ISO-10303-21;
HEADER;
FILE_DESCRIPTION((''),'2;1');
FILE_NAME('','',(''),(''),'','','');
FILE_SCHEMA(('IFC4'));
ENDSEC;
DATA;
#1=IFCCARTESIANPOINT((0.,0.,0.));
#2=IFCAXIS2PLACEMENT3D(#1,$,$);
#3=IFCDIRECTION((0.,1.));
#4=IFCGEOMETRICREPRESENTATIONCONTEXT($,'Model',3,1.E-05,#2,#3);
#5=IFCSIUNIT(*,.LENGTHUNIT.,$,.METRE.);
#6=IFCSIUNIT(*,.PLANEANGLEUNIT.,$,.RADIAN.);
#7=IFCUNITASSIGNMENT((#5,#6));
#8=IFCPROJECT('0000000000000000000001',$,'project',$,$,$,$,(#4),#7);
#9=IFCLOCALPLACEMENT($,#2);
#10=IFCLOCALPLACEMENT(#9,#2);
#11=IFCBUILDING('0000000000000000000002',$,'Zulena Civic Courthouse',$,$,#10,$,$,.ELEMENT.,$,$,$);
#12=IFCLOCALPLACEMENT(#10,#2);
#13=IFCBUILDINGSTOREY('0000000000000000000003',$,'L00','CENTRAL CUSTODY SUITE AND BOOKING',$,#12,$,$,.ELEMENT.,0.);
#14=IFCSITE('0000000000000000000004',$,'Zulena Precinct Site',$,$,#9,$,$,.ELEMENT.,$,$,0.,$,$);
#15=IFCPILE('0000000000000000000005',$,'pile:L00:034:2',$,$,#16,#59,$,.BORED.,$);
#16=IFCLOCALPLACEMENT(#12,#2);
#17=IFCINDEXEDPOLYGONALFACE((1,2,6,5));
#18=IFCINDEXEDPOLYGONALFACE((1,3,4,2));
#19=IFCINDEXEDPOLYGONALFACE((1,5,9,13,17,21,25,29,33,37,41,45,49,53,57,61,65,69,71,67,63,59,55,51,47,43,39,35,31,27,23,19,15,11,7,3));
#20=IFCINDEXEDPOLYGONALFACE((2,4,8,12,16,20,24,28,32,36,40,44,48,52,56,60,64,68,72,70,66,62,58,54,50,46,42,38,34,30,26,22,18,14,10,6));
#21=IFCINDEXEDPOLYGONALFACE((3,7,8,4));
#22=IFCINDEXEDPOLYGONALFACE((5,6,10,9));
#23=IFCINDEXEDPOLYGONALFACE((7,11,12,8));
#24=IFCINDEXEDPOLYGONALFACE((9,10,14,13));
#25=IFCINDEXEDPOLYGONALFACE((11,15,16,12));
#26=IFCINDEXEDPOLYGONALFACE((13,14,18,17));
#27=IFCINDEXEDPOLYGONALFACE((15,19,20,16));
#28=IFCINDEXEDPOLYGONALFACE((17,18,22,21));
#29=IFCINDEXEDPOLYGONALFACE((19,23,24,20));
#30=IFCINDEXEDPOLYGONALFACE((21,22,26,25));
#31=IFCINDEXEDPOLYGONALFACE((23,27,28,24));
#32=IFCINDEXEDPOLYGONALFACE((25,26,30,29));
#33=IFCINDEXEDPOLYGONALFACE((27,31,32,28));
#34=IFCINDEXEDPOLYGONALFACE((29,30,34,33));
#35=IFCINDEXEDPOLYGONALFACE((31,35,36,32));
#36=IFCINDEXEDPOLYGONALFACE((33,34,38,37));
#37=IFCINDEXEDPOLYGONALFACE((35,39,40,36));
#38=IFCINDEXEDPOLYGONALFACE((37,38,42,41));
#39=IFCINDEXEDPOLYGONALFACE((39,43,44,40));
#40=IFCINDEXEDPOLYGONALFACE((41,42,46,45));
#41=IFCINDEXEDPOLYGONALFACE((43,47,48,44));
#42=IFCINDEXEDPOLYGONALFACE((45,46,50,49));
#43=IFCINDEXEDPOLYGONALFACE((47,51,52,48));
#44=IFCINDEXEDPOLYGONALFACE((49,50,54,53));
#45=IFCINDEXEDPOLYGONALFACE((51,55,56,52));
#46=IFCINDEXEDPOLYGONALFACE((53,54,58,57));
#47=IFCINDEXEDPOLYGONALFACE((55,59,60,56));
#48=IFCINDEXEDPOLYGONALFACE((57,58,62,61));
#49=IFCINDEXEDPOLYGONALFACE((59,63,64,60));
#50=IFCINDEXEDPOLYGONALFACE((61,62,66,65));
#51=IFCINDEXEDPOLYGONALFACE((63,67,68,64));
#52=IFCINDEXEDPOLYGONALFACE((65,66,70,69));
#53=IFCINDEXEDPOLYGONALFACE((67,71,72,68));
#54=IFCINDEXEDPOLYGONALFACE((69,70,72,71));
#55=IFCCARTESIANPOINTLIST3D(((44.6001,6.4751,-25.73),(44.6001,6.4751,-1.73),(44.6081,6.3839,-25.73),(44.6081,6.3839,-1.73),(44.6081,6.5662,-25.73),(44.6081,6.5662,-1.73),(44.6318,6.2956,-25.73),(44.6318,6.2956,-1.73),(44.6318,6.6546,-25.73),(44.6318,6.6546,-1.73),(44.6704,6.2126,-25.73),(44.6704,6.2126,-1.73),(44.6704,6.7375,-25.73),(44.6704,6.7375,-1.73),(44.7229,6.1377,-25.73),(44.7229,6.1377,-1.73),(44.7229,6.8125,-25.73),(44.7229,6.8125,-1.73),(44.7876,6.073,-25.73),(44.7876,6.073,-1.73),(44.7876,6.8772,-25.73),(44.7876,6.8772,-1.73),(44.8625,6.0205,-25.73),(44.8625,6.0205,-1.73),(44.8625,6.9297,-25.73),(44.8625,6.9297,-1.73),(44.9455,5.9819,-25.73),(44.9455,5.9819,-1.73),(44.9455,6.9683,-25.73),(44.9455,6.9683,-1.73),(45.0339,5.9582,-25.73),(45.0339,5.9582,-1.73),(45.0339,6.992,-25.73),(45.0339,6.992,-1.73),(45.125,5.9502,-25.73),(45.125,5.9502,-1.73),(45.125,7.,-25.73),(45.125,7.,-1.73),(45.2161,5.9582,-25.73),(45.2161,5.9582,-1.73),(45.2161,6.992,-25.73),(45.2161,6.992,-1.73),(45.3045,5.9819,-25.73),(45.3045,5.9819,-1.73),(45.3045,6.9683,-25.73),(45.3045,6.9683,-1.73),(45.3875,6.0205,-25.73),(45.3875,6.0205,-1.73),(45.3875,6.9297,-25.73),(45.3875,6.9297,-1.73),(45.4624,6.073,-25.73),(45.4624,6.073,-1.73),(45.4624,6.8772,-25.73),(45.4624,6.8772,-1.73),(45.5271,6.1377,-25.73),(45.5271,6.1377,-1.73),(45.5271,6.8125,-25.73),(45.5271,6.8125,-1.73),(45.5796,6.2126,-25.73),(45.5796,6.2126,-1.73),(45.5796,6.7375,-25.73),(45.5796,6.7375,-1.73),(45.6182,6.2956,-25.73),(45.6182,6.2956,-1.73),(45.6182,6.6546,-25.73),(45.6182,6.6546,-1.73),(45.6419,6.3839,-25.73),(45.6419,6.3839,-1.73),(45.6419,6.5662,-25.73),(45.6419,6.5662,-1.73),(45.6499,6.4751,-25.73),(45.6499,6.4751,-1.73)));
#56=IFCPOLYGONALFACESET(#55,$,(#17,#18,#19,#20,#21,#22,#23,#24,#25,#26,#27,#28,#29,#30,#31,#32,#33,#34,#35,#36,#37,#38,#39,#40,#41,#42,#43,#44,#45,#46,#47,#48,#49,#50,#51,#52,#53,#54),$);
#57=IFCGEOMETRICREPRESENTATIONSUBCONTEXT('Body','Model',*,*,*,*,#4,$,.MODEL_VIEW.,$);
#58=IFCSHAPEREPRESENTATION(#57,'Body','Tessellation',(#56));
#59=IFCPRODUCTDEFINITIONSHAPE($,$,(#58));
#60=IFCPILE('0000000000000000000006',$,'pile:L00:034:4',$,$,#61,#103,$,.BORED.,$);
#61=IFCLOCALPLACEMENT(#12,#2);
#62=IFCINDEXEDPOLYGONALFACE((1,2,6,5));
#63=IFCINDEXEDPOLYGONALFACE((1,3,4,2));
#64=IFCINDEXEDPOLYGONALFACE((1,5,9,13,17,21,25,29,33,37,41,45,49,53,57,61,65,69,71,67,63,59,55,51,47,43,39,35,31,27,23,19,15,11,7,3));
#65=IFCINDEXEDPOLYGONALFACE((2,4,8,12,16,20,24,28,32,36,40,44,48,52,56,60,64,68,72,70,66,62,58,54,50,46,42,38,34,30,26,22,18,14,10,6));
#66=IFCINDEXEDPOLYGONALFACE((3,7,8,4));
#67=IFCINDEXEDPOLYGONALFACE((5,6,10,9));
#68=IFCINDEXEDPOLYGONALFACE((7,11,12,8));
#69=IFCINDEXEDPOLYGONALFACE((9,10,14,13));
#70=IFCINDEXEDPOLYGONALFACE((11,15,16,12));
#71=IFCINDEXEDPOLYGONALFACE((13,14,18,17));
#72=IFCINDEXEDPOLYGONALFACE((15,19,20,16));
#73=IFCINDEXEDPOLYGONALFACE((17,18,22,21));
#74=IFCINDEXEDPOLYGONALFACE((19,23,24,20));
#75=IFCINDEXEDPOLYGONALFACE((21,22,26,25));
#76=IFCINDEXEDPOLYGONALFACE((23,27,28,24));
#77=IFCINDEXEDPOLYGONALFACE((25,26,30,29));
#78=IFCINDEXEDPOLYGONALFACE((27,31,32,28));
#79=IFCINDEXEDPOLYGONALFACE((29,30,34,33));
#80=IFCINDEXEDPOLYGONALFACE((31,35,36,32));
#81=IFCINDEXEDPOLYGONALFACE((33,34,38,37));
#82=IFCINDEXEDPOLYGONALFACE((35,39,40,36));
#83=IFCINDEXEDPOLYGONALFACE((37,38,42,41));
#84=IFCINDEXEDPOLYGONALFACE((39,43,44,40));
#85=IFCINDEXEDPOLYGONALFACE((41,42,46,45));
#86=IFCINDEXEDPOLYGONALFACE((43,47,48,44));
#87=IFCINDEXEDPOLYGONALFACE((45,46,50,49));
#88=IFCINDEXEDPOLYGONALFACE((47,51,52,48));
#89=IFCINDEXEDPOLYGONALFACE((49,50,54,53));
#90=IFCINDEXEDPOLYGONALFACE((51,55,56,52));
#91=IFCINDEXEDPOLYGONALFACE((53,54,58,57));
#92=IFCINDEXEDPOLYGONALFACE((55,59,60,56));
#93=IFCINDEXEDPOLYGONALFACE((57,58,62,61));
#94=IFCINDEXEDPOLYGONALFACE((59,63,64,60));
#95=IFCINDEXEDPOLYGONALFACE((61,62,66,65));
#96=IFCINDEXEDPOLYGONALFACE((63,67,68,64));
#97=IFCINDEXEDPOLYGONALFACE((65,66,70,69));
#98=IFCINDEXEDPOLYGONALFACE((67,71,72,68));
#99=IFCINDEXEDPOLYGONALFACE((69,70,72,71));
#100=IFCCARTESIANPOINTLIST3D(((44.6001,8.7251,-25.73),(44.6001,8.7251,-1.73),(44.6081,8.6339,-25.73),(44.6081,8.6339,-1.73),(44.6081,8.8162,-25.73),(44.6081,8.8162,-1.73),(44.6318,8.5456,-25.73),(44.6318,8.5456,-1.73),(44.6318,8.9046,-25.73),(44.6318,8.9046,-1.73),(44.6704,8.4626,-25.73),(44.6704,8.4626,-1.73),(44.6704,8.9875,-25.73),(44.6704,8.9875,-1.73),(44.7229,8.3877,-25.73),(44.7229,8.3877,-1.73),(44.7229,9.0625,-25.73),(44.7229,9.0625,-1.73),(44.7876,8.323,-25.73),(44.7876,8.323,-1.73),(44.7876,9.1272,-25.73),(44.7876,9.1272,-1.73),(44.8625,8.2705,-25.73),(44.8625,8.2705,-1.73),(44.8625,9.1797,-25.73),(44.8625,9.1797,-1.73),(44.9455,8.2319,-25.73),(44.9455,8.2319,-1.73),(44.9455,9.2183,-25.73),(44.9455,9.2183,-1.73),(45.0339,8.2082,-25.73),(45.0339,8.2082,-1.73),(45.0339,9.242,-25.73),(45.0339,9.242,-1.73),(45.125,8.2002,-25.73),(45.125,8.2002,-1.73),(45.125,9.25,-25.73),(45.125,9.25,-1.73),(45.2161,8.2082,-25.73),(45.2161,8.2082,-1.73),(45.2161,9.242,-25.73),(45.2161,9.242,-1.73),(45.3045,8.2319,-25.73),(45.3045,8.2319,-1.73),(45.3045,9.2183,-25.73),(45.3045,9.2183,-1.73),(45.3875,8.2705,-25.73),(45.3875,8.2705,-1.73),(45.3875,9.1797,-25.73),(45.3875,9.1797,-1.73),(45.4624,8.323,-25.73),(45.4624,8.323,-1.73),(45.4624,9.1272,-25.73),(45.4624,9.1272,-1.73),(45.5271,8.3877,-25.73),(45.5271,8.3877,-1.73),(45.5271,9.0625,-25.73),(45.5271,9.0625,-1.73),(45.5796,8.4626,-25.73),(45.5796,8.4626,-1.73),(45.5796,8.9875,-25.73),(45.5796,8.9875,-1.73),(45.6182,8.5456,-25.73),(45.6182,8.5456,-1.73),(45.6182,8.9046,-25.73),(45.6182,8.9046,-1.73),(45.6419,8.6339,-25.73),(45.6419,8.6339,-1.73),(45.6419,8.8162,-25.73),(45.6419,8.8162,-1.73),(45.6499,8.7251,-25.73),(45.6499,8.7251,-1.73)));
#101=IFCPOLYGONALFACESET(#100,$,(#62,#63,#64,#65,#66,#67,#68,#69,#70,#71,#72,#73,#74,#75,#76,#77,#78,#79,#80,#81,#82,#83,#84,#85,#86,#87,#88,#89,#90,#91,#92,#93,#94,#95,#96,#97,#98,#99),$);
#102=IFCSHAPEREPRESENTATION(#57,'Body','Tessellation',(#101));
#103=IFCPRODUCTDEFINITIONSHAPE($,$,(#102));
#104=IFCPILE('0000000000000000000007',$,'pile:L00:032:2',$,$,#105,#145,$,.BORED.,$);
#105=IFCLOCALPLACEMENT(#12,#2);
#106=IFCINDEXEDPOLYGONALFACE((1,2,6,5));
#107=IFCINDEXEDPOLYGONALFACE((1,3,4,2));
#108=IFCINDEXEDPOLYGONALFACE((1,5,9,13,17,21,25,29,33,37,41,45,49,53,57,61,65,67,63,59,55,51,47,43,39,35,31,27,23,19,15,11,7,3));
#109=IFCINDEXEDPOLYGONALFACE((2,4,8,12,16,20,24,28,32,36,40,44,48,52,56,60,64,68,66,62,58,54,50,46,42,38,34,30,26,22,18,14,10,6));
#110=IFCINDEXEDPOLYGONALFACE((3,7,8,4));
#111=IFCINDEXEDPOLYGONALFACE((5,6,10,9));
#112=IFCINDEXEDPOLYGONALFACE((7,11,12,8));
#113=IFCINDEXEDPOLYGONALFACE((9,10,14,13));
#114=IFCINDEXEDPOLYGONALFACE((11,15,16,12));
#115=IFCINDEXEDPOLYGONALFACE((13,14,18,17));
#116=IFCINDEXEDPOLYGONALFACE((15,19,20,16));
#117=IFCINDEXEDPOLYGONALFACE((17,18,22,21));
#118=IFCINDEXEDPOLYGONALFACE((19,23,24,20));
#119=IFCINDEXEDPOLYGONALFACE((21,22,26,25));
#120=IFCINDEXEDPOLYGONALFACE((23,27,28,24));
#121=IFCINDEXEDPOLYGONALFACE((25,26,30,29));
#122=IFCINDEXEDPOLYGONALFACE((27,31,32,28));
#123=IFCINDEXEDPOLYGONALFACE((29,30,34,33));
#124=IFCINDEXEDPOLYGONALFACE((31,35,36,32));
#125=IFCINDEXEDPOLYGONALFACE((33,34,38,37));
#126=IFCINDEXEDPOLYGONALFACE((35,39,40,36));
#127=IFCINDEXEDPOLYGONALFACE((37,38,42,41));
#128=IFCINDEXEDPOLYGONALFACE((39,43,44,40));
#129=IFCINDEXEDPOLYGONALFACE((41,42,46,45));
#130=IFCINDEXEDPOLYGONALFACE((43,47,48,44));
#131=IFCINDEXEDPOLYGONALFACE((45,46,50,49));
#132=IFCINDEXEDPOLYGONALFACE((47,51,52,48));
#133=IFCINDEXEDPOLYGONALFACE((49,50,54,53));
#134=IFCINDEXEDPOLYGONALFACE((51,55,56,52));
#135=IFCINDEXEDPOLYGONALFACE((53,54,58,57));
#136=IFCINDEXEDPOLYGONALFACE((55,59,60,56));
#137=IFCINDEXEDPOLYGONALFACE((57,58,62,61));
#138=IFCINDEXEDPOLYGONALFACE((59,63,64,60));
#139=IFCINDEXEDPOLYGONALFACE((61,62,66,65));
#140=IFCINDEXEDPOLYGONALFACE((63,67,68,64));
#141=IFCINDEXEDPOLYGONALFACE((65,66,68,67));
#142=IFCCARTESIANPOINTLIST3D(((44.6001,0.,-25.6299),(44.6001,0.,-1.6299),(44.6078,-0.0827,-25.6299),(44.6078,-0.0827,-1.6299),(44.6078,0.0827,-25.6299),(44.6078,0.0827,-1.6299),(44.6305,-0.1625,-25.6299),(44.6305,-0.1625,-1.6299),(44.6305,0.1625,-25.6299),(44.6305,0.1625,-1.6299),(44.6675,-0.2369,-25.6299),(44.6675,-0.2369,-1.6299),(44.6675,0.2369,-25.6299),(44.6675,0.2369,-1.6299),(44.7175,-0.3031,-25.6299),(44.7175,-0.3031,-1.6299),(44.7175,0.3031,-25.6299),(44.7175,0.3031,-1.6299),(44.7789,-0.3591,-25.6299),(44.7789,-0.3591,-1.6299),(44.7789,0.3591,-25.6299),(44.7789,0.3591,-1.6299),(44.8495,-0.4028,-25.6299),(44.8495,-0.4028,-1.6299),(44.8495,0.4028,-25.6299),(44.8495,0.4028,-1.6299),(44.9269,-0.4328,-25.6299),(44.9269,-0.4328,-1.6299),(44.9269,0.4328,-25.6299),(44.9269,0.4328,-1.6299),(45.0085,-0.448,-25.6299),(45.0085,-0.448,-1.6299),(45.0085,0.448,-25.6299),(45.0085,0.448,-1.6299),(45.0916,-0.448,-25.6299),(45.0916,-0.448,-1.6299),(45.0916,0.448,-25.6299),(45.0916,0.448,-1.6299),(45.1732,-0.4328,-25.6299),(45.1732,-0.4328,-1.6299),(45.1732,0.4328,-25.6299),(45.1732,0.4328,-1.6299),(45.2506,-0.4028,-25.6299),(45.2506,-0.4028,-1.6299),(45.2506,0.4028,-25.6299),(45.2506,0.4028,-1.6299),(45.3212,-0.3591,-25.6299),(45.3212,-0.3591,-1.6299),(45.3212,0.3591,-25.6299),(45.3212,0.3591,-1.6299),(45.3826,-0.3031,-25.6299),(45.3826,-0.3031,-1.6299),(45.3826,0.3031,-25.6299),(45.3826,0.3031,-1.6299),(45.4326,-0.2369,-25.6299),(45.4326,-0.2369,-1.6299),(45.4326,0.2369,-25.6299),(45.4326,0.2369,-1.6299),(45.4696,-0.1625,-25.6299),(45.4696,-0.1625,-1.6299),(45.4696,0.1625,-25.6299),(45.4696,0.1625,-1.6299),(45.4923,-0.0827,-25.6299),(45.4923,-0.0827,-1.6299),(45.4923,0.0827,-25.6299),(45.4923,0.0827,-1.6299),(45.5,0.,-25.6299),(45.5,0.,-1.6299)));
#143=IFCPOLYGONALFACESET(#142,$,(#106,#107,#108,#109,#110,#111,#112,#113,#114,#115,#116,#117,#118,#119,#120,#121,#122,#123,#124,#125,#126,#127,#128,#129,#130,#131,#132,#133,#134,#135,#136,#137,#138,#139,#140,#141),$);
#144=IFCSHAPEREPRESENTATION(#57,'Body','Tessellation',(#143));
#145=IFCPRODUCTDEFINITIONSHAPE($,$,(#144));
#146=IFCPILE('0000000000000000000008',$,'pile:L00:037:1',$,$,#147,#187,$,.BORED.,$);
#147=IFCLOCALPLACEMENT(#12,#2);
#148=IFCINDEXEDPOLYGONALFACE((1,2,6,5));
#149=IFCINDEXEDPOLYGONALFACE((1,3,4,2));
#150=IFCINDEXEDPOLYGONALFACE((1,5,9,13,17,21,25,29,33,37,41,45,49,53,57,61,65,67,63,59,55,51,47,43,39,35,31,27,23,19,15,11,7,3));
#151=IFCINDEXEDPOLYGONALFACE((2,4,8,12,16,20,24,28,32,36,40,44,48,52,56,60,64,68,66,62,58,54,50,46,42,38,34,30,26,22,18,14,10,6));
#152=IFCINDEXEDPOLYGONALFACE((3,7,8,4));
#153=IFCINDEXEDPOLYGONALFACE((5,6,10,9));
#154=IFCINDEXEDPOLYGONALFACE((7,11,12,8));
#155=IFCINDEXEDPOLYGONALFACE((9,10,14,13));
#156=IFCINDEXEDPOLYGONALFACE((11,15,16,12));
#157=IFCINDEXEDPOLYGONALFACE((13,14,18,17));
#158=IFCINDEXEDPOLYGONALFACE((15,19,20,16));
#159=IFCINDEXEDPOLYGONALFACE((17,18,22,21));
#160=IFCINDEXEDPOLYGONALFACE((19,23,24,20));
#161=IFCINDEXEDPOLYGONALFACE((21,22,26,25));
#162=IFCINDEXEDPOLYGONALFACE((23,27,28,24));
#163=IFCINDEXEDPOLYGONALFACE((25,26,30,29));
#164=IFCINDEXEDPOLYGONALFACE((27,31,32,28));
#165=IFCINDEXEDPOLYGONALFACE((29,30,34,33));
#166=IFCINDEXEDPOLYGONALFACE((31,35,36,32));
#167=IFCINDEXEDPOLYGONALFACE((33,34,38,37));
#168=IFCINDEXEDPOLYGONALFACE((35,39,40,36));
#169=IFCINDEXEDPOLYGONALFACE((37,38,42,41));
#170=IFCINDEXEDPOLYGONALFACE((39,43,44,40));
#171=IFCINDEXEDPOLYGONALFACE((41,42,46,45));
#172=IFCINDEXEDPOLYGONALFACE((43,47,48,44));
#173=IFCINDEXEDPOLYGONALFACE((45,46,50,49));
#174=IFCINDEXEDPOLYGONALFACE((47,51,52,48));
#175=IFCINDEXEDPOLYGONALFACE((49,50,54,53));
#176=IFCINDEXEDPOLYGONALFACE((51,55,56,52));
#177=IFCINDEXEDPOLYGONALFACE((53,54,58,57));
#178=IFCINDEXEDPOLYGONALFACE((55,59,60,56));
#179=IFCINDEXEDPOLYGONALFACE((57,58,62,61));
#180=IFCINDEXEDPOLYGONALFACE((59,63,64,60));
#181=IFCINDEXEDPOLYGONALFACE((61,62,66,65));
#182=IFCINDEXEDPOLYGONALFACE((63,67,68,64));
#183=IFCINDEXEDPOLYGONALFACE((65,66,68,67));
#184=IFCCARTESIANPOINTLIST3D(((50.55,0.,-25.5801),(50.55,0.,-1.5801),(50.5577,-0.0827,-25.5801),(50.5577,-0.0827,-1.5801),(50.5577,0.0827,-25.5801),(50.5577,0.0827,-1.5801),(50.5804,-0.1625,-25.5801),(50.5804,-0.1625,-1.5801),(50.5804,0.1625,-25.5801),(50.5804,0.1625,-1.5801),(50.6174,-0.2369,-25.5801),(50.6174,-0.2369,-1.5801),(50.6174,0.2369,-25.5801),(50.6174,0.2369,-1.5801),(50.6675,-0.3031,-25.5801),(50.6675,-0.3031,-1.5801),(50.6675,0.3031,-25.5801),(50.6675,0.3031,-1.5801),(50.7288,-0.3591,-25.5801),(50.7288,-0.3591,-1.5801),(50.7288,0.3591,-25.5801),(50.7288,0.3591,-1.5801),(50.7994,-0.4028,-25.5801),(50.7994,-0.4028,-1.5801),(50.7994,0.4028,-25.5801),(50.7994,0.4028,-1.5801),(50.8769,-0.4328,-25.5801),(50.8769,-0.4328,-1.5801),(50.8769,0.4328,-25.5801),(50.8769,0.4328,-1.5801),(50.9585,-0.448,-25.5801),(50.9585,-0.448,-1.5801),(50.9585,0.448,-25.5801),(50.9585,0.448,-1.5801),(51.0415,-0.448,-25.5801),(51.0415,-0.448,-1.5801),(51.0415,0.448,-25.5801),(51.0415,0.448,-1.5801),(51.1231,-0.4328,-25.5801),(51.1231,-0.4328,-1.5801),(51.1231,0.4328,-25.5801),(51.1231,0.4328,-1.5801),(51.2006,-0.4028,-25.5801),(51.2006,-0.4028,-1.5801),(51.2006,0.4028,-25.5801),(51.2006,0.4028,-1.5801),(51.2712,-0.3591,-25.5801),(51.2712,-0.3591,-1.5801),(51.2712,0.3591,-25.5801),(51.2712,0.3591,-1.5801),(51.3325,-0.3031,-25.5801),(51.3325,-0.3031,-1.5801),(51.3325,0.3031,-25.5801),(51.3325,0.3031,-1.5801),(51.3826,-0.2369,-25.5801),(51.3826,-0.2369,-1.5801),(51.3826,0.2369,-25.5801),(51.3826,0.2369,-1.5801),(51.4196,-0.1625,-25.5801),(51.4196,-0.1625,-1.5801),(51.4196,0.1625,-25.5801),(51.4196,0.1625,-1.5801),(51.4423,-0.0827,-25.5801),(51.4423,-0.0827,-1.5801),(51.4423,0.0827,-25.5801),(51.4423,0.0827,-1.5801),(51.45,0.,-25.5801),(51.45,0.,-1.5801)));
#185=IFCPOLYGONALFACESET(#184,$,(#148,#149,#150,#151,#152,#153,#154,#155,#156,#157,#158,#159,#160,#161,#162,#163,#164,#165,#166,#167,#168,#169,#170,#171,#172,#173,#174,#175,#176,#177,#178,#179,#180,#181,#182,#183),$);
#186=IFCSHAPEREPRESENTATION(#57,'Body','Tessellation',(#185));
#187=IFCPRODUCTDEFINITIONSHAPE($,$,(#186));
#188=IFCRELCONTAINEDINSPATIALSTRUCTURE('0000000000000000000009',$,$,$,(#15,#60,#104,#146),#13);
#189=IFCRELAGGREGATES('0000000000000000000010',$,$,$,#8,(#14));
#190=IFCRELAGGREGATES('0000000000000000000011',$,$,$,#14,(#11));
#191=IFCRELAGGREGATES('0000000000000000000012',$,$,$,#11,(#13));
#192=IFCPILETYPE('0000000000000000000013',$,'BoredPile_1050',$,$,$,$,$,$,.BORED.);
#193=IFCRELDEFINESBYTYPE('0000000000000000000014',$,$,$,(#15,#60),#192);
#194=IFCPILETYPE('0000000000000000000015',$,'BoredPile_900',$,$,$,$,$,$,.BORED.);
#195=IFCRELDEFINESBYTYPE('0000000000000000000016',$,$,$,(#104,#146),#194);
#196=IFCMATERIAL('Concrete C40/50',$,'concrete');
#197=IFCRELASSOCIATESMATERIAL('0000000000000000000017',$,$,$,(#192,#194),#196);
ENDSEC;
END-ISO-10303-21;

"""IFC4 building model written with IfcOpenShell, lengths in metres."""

from ifc_helpers import new_model, si_unit, direction, frame, origin, origin_2d, place, context, subcontext, project, spatial, circle, extrude, material, material_profile, profile_set, type_object, element, save


model = new_model("IFC4")

# Units and contexts
model_context = context("Model", 3, precision=1e-05, world=origin(), true_north=direction((0.0, 1.0)))
body_context = subcontext(model_context, "Body", "Model", "MODEL_VIEW")
ifc_project = project(units=[si_unit("LENGTHUNIT", "METRE"), si_unit("PLANEANGLEUNIT", "RADIAN")], contexts=[model_context])

# Site, building, storey
site_placement = place(None, origin())
site = spatial("IfcSite", under=ifc_project, at=site_placement, Name="Zulena Precinct Site", CompositionType="ELEMENT", RefElevation=0.0)
building_placement = place(site_placement, origin())
building = spatial("IfcBuilding", under=site, at=building_placement, Name="Zulena Civic Courthouse", CompositionType="ELEMENT")
storey_placement = place(building_placement, origin())
storey = spatial("IfcBuildingStorey", under=building, at=storey_placement, Name="L00", Description="CENTRAL CUSTODY SUITE AND BOOKING", CompositionType="ELEMENT", Elevation=0.0)

# Piles
ifc_material_1 = material(Name="Concrete C40/50", Category="concrete")
ifc_material_profile_1 = material_profile(ifc_material_1, circle(Radius=0.5249, at=origin_2d()), Name="PILE1050")
ifc_profile_set_1 = profile_set([ifc_material_profile_1], Name="Concrete C40/50")
pile_type_1 = type_object("IfcPileType", Name="BoredPile_1050", PredefinedType="BORED", material=ifc_profile_set_1)
for number, where, z_axis, x_axis, name in (
    (1, (45.125, 6.4751, -1.73), (0.0, 0.0, -1.0), (1.0, 0.0, 0.0), "pile:L00:034:2"),
    (2, (45.125, 8.7251, -1.73), (0.0, 0.0, -1.0), (1.0, 0.0, 0.0), "pile:L00:034:4"),
):
    element("IfcPile", number, at=place(storey_placement, frame(where, z_axis=z_axis, x_axis=x_axis)), inside=storey, type_object=pile_type_1, Name=name, PredefinedType="BORED", context=body_context, shape_type="SweptSolid", body=[
        extrude(circle(Radius=0.5249, at=origin_2d()), origin(), (0.0, 0.0, 1.0), 24.0),
    ])
ifc_material_profile_2 = material_profile(ifc_material_1, circle(Radius=0.45, at=origin_2d()), Name="PILE900")
ifc_profile_set_2 = profile_set([ifc_material_profile_2], Name="Concrete C40/50")
pile_type_2 = type_object("IfcPileType", Name="BoredPile_900", PredefinedType="BORED", material=ifc_profile_set_2)
for number, where, z_axis, x_axis, name in (
    (3, (45.05, 0.0, -1.6299), (0.0, 0.0, -1.0), (1.0, 0.0, 0.0), "pile:L00:032:2"),
    (4, (51.0, 0.0, -1.5801), (0.0, 0.0, -1.0), (1.0, 0.0, 0.0), "pile:L00:037:1"),
):
    element("IfcPile", number, at=place(storey_placement, frame(where, z_axis=z_axis, x_axis=x_axis)), inside=storey, type_object=pile_type_2, Name=name, PredefinedType="BORED", context=body_context, shape_type="SweptSolid", body=[
        extrude(circle(Radius=0.45, at=origin_2d()), origin(), (0.0, 0.0, 1.0), 24.0),
    ])

save(model, "model.ifc")
